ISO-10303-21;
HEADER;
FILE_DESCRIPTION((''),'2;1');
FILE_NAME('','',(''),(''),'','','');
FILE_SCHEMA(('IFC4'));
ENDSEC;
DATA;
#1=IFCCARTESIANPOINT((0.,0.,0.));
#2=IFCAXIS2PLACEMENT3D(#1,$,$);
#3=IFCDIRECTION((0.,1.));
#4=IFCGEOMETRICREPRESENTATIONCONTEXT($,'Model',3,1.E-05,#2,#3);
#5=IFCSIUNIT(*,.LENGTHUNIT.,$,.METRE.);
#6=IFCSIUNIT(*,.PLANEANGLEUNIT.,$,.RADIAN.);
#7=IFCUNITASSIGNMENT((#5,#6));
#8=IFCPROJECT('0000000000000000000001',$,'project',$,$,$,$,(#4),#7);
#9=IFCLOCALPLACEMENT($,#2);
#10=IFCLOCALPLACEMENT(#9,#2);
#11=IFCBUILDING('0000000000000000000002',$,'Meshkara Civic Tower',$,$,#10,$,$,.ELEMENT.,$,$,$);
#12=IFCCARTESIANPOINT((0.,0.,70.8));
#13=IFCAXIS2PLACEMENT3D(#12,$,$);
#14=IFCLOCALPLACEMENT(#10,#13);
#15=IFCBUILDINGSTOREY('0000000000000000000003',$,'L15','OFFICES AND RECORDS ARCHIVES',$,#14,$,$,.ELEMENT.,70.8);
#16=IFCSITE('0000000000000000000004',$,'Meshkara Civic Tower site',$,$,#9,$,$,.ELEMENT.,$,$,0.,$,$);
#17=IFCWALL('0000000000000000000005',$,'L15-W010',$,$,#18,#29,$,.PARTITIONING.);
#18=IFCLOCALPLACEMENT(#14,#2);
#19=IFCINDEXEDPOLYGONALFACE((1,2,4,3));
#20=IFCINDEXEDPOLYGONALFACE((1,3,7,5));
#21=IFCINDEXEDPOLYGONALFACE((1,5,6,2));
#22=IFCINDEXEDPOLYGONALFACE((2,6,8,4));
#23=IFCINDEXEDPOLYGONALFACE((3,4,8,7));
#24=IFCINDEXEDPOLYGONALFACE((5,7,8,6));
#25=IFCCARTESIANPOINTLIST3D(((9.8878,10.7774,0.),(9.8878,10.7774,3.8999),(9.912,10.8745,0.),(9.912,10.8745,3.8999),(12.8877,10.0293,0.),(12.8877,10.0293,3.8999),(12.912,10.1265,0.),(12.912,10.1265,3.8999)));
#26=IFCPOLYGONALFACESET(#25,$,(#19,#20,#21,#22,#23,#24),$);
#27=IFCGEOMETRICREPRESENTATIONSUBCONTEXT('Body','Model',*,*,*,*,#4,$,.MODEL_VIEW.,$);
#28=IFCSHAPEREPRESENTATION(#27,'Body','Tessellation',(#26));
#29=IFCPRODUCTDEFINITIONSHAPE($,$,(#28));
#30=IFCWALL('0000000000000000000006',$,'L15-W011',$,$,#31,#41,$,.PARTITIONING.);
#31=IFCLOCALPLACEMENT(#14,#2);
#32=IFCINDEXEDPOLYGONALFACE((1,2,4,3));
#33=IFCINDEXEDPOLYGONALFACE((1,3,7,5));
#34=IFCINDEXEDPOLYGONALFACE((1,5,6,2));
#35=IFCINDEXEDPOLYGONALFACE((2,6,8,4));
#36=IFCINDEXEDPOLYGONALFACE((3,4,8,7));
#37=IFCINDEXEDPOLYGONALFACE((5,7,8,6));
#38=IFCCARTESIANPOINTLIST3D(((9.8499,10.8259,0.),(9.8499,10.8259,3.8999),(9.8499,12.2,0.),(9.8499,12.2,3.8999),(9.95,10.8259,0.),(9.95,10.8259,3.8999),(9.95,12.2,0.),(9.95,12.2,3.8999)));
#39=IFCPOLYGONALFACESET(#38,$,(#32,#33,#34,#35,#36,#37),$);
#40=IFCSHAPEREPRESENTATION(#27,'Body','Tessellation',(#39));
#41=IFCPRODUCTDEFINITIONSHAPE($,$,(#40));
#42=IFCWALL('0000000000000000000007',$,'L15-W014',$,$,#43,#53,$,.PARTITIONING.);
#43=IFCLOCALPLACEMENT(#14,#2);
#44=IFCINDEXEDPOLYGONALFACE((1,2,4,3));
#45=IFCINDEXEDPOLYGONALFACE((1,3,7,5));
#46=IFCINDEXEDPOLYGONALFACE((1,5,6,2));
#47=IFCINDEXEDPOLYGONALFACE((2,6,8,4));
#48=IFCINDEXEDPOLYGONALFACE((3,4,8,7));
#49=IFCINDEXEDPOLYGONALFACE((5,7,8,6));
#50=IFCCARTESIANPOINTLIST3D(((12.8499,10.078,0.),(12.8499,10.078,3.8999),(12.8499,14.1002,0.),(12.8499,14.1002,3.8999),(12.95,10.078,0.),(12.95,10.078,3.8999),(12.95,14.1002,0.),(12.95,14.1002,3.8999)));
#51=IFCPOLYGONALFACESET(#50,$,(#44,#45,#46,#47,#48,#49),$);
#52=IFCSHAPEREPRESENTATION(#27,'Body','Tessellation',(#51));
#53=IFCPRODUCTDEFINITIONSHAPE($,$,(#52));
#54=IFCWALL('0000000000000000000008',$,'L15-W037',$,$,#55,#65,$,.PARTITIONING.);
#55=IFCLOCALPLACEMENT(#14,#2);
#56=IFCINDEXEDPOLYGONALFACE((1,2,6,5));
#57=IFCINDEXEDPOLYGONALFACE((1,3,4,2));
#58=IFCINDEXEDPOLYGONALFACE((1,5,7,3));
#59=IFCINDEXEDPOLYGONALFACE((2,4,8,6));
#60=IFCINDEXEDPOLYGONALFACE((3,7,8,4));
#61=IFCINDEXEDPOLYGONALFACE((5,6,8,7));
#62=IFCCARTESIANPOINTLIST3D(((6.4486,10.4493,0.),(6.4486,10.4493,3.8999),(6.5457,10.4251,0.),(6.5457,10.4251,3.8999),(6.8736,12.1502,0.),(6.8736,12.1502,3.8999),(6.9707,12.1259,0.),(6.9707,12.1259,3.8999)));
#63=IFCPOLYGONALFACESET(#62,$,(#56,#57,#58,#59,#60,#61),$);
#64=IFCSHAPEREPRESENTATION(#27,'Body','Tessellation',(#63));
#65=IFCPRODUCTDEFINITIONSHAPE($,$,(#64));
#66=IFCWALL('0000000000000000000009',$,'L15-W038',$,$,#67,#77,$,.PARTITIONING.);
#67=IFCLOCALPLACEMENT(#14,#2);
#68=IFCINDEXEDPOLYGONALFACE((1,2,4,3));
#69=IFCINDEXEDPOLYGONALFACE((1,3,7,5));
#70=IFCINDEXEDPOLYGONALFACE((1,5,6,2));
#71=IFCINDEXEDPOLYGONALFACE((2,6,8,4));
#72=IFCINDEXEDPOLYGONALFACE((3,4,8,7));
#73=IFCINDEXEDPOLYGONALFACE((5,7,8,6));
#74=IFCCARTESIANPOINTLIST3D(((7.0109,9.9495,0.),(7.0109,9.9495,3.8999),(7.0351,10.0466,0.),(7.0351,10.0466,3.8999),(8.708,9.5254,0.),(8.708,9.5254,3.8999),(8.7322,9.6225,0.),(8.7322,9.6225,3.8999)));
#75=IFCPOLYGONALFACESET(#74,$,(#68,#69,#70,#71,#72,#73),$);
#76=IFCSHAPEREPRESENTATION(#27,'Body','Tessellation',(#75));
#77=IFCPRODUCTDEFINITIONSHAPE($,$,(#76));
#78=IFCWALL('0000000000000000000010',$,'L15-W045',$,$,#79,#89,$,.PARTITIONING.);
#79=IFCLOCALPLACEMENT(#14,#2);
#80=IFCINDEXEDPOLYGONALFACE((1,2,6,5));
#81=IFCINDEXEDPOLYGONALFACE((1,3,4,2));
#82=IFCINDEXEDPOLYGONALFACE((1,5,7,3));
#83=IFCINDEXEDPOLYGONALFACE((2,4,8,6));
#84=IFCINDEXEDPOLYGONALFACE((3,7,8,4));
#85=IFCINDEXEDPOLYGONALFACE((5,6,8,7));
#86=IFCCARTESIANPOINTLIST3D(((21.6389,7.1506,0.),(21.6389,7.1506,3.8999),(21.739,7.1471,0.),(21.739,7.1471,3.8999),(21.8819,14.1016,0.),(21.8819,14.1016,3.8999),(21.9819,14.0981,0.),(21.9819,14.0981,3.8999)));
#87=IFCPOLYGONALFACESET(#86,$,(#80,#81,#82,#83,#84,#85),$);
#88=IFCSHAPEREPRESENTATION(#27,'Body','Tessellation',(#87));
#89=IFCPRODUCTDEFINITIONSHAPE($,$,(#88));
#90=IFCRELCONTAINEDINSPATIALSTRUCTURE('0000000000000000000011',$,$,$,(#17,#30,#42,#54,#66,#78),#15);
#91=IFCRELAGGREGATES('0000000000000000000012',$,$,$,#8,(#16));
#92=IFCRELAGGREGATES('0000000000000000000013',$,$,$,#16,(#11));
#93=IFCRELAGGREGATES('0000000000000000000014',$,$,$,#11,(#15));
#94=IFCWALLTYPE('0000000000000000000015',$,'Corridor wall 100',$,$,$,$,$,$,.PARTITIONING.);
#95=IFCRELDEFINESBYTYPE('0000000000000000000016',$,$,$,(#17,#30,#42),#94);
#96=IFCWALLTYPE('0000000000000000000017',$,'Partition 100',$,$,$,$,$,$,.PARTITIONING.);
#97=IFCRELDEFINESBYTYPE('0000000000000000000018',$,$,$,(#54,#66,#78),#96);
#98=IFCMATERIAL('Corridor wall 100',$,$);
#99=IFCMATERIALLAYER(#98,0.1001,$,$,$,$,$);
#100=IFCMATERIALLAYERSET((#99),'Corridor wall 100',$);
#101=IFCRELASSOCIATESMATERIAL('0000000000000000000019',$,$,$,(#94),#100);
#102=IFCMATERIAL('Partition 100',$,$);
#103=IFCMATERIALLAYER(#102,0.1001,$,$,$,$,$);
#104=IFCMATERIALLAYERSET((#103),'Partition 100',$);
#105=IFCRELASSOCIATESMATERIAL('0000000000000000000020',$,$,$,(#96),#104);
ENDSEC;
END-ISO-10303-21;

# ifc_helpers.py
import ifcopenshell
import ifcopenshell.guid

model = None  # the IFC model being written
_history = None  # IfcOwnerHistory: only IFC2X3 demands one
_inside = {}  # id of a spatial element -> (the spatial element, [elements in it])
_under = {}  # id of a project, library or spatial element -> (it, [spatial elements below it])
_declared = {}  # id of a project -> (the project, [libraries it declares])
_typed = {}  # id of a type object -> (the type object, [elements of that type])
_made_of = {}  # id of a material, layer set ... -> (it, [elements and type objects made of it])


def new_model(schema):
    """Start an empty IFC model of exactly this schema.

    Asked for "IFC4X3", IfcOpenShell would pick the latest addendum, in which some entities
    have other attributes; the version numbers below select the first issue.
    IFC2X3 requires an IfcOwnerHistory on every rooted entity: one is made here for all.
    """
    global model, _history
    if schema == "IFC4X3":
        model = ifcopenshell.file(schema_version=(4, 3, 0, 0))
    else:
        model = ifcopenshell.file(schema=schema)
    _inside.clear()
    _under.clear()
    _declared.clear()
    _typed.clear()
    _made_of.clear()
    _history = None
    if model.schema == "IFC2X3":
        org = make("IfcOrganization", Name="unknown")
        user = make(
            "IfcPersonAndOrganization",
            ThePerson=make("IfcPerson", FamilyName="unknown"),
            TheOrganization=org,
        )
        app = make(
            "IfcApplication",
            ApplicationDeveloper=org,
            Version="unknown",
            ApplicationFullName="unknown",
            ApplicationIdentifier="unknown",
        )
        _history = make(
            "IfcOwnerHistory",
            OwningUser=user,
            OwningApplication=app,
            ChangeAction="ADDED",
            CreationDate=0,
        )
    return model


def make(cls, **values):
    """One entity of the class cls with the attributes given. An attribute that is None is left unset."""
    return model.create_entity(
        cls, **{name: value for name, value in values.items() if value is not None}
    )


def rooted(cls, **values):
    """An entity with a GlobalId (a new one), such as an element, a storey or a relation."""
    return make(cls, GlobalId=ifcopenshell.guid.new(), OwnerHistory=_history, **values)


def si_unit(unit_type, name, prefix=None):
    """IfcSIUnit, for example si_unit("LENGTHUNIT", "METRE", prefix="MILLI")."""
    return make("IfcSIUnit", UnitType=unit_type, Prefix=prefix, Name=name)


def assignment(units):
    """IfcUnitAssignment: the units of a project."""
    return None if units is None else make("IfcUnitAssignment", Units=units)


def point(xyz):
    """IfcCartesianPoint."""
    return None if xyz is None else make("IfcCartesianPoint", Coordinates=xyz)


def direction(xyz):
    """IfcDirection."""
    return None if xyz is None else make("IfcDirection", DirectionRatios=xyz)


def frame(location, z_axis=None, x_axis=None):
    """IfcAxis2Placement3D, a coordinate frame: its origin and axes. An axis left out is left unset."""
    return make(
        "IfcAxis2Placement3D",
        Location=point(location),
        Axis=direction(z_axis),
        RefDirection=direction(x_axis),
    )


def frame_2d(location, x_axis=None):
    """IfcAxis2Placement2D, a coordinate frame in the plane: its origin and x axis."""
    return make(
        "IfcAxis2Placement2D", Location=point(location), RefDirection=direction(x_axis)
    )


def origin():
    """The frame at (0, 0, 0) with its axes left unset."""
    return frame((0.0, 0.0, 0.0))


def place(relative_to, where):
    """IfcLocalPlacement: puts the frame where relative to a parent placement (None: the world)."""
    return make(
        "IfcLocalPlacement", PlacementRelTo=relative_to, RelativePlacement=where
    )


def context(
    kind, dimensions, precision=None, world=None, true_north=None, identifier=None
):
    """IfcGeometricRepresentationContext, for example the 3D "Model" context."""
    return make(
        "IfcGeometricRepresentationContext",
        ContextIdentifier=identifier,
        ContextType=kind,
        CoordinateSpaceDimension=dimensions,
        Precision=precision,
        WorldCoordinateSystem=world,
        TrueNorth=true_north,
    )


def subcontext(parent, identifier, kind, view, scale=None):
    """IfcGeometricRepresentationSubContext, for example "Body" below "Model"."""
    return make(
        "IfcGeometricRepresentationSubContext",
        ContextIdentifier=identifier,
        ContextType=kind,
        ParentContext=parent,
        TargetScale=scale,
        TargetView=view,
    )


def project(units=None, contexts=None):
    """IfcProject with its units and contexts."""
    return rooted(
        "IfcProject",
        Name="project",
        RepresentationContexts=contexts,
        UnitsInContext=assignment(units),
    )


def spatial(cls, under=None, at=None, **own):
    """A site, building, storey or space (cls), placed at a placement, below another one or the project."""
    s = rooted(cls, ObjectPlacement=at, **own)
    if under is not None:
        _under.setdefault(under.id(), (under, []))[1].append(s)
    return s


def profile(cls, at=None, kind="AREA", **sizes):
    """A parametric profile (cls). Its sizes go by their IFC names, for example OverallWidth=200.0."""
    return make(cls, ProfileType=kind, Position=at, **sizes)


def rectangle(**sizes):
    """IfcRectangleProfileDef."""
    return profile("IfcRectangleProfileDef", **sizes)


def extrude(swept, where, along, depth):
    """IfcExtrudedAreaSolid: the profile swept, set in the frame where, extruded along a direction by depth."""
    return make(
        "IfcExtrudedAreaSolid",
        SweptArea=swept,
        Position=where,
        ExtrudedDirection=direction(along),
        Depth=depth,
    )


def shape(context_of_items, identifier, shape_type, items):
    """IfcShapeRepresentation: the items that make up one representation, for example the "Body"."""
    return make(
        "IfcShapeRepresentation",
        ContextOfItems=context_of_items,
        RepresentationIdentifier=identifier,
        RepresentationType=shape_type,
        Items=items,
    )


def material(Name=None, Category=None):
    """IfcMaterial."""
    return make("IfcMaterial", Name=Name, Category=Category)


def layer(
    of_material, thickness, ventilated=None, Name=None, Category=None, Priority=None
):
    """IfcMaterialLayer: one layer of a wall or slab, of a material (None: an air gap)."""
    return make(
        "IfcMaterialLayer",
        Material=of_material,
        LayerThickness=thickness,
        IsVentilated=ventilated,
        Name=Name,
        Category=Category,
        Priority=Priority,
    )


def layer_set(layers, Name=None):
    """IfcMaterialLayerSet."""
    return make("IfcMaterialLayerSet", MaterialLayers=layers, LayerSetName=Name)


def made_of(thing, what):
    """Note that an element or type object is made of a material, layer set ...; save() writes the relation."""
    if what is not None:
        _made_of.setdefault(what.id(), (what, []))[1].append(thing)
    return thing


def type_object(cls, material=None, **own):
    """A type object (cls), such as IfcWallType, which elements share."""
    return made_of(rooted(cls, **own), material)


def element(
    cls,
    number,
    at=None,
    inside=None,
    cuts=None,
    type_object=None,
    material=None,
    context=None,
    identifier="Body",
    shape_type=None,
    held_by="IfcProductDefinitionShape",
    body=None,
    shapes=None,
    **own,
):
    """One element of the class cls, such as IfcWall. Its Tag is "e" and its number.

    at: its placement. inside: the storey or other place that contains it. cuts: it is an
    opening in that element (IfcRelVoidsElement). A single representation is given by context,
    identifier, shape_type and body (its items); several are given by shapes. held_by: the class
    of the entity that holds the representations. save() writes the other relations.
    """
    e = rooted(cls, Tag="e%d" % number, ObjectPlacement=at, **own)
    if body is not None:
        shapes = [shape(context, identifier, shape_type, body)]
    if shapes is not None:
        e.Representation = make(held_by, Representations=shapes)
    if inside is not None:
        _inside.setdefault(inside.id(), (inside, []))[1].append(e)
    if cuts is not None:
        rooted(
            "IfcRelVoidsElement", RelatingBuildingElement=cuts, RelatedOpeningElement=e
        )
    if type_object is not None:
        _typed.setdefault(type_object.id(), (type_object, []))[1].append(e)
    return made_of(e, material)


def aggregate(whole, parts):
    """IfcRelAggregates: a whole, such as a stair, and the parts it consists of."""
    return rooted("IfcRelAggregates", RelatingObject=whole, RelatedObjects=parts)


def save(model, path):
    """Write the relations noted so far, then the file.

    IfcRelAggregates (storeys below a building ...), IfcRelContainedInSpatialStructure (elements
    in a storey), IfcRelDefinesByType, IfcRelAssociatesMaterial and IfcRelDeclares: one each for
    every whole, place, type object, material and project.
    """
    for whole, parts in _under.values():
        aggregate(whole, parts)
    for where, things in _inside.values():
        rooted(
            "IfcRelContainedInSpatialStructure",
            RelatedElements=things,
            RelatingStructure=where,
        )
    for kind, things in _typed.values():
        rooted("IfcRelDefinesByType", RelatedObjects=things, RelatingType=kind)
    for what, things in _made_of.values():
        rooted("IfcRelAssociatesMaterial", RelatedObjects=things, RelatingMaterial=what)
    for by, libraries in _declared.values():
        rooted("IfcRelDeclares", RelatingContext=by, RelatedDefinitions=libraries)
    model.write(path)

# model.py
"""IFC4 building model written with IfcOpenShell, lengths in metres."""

from ifc_helpers import new_model, si_unit, direction, frame, frame_2d, origin, place, context, subcontext, project, spatial, rectangle, extrude, material, layer, layer_set, type_object, element, save


model = new_model("IFC4")

# Units and contexts
model_context = context("Model", 3, precision=1e-05, world=origin(), true_north=direction((0.0, 1.0)))
body_context = subcontext(model_context, "Body", "Model", "MODEL_VIEW")
ifc_project = project(units=[si_unit("LENGTHUNIT", "METRE"), si_unit("PLANEANGLEUNIT", "RADIAN")], contexts=[model_context])

# Site, building, storey
site_placement = place(None, origin())
site = spatial("IfcSite", under=ifc_project, at=site_placement, Name="Meshkara Civic Tower site", CompositionType="ELEMENT", RefElevation=0.0)
building_placement = place(site_placement, origin())
building = spatial("IfcBuilding", under=site, at=building_placement, Name="Meshkara Civic Tower", CompositionType="ELEMENT")
storey_placement = place(building_placement, frame((0.0, 0.0, 70.8)))
storey = spatial("IfcBuildingStorey", under=building, at=storey_placement, Name="L15", Description="OFFICES AND RECORDS ARCHIVES", CompositionType="ELEMENT", Elevation=70.8)

# Shared definitions
ifc_material_1 = material(Name="Corridor wall 100")
ifc_layer_1 = layer(ifc_material_1, 0.1001)
ifc_layer_set_1 = layer_set([ifc_layer_1], Name="Corridor wall 100")
wall_type_1 = type_object("IfcWallType", Name="Corridor wall 100", PredefinedType="PARTITIONING", material=ifc_layer_set_1)

# Walls
wall_1_placement = place(storey_placement, frame((9.8999, 10.8259, 0.0), z_axis=(0.0, 0.0, 1.0), x_axis=(0.970291, -0.241941, 0.0)))
element("IfcWall", 1, at=wall_1_placement, inside=storey, type_object=wall_type_1, Name="L15-W010", PredefinedType="PARTITIONING", context=body_context, shape_type="SweptSolid", body=[
    extrude(rectangle(XDim=3.0918, YDim=0.1001, at=frame_2d((1.5459, 0.0))), origin(), (0.0, 0.0, 1.0), 3.8999),
])
wall_2_placement = place(storey_placement, frame((9.8999, 12.2, 0.0), z_axis=(0.0, 0.0, 1.0), x_axis=(0.0, -1.0, 0.0)))
element("IfcWall", 2, at=wall_2_placement, inside=storey, type_object=wall_type_1, Name="L15-W011", PredefinedType="PARTITIONING", context=body_context, shape_type="SweptSolid", body=[
    extrude(rectangle(XDim=1.374, YDim=0.1001, at=frame_2d((0.687, 0.0))), origin(), (0.0, 0.0, 1.0), 3.8999),
])
wall_3_placement = place(storey_placement, frame((12.8999, 10.0779, 0.0), z_axis=(0.0, 0.0, 1.0), x_axis=(0.0, 1.0, 0.0)))
element("IfcWall", 3, at=wall_3_placement, inside=storey, type_object=wall_type_1, Name="L15-W014", PredefinedType="PARTITIONING", context=body_context, shape_type="SweptSolid", body=[
    extrude(rectangle(XDim=4.0222, YDim=0.1001, at=frame_2d((2.0112, 0.0))), origin(), (0.0, 0.0, 1.0), 3.8999),
])

# Walls
ifc_material_2 = material(Name="Partition 100")
ifc_layer_2 = layer(ifc_material_2, 0.1001)
ifc_layer_set_2 = layer_set([ifc_layer_2], Name="Partition 100")
wall_type_2 = type_object("IfcWallType", Name="Partition 100", PredefinedType="PARTITIONING", material=ifc_layer_set_2)
wall_4_placement = place(storey_placement, frame((6.9221, 12.1379, 0.0), z_axis=(0.0, 0.0, 1.0), x_axis=(-0.242437, -0.970167, 0.0)))
element("IfcWall", 4, at=wall_4_placement, inside=storey, type_object=wall_type_2, Name="L15-W037", PredefinedType="PARTITIONING", context=body_context, shape_type="SweptSolid", body=[
    extrude(rectangle(XDim=1.7532, YDim=0.1001, at=frame_2d((0.8765, 0.0))), origin(), (0.0, 0.0, 1.0), 3.8999),
])
wall_5_placement = place(storey_placement, frame((8.72, 9.574, 0.0), z_axis=(0.0, 0.0, 1.0), x_axis=(-0.970167, 0.242437, 0.0)))
element("IfcWall", 5, at=wall_5_placement, inside=storey, type_object=wall_type_2, Name="L15-W038", PredefinedType="PARTITIONING", context=body_context, shape_type="SweptSolid", body=[
    extrude(rectangle(XDim=1.7493, YDim=0.1001, at=frame_2d((0.8745, 0.0))), origin(), (0.0, 0.0, 1.0), 3.8999),
])
wall_6_placement = place(storey_placement, frame((21.689, 7.1489, 0.0), z_axis=(0.0, 0.0, 1.0), x_axis=(0.034925, 0.99939, 0.0)))
element("IfcWall", 6, at=wall_6_placement, inside=storey, type_object=wall_type_2, Name="L15-W045", PredefinedType="PARTITIONING", context=body_context, shape_type="SweptSolid", body=[
    extrude(rectangle(XDim=6.9553, YDim=0.1001, at=frame_2d((3.4775, 0.0))), origin(), (0.0, 0.0, 1.0), 3.8999),
])

save(model, "model.ifc")
